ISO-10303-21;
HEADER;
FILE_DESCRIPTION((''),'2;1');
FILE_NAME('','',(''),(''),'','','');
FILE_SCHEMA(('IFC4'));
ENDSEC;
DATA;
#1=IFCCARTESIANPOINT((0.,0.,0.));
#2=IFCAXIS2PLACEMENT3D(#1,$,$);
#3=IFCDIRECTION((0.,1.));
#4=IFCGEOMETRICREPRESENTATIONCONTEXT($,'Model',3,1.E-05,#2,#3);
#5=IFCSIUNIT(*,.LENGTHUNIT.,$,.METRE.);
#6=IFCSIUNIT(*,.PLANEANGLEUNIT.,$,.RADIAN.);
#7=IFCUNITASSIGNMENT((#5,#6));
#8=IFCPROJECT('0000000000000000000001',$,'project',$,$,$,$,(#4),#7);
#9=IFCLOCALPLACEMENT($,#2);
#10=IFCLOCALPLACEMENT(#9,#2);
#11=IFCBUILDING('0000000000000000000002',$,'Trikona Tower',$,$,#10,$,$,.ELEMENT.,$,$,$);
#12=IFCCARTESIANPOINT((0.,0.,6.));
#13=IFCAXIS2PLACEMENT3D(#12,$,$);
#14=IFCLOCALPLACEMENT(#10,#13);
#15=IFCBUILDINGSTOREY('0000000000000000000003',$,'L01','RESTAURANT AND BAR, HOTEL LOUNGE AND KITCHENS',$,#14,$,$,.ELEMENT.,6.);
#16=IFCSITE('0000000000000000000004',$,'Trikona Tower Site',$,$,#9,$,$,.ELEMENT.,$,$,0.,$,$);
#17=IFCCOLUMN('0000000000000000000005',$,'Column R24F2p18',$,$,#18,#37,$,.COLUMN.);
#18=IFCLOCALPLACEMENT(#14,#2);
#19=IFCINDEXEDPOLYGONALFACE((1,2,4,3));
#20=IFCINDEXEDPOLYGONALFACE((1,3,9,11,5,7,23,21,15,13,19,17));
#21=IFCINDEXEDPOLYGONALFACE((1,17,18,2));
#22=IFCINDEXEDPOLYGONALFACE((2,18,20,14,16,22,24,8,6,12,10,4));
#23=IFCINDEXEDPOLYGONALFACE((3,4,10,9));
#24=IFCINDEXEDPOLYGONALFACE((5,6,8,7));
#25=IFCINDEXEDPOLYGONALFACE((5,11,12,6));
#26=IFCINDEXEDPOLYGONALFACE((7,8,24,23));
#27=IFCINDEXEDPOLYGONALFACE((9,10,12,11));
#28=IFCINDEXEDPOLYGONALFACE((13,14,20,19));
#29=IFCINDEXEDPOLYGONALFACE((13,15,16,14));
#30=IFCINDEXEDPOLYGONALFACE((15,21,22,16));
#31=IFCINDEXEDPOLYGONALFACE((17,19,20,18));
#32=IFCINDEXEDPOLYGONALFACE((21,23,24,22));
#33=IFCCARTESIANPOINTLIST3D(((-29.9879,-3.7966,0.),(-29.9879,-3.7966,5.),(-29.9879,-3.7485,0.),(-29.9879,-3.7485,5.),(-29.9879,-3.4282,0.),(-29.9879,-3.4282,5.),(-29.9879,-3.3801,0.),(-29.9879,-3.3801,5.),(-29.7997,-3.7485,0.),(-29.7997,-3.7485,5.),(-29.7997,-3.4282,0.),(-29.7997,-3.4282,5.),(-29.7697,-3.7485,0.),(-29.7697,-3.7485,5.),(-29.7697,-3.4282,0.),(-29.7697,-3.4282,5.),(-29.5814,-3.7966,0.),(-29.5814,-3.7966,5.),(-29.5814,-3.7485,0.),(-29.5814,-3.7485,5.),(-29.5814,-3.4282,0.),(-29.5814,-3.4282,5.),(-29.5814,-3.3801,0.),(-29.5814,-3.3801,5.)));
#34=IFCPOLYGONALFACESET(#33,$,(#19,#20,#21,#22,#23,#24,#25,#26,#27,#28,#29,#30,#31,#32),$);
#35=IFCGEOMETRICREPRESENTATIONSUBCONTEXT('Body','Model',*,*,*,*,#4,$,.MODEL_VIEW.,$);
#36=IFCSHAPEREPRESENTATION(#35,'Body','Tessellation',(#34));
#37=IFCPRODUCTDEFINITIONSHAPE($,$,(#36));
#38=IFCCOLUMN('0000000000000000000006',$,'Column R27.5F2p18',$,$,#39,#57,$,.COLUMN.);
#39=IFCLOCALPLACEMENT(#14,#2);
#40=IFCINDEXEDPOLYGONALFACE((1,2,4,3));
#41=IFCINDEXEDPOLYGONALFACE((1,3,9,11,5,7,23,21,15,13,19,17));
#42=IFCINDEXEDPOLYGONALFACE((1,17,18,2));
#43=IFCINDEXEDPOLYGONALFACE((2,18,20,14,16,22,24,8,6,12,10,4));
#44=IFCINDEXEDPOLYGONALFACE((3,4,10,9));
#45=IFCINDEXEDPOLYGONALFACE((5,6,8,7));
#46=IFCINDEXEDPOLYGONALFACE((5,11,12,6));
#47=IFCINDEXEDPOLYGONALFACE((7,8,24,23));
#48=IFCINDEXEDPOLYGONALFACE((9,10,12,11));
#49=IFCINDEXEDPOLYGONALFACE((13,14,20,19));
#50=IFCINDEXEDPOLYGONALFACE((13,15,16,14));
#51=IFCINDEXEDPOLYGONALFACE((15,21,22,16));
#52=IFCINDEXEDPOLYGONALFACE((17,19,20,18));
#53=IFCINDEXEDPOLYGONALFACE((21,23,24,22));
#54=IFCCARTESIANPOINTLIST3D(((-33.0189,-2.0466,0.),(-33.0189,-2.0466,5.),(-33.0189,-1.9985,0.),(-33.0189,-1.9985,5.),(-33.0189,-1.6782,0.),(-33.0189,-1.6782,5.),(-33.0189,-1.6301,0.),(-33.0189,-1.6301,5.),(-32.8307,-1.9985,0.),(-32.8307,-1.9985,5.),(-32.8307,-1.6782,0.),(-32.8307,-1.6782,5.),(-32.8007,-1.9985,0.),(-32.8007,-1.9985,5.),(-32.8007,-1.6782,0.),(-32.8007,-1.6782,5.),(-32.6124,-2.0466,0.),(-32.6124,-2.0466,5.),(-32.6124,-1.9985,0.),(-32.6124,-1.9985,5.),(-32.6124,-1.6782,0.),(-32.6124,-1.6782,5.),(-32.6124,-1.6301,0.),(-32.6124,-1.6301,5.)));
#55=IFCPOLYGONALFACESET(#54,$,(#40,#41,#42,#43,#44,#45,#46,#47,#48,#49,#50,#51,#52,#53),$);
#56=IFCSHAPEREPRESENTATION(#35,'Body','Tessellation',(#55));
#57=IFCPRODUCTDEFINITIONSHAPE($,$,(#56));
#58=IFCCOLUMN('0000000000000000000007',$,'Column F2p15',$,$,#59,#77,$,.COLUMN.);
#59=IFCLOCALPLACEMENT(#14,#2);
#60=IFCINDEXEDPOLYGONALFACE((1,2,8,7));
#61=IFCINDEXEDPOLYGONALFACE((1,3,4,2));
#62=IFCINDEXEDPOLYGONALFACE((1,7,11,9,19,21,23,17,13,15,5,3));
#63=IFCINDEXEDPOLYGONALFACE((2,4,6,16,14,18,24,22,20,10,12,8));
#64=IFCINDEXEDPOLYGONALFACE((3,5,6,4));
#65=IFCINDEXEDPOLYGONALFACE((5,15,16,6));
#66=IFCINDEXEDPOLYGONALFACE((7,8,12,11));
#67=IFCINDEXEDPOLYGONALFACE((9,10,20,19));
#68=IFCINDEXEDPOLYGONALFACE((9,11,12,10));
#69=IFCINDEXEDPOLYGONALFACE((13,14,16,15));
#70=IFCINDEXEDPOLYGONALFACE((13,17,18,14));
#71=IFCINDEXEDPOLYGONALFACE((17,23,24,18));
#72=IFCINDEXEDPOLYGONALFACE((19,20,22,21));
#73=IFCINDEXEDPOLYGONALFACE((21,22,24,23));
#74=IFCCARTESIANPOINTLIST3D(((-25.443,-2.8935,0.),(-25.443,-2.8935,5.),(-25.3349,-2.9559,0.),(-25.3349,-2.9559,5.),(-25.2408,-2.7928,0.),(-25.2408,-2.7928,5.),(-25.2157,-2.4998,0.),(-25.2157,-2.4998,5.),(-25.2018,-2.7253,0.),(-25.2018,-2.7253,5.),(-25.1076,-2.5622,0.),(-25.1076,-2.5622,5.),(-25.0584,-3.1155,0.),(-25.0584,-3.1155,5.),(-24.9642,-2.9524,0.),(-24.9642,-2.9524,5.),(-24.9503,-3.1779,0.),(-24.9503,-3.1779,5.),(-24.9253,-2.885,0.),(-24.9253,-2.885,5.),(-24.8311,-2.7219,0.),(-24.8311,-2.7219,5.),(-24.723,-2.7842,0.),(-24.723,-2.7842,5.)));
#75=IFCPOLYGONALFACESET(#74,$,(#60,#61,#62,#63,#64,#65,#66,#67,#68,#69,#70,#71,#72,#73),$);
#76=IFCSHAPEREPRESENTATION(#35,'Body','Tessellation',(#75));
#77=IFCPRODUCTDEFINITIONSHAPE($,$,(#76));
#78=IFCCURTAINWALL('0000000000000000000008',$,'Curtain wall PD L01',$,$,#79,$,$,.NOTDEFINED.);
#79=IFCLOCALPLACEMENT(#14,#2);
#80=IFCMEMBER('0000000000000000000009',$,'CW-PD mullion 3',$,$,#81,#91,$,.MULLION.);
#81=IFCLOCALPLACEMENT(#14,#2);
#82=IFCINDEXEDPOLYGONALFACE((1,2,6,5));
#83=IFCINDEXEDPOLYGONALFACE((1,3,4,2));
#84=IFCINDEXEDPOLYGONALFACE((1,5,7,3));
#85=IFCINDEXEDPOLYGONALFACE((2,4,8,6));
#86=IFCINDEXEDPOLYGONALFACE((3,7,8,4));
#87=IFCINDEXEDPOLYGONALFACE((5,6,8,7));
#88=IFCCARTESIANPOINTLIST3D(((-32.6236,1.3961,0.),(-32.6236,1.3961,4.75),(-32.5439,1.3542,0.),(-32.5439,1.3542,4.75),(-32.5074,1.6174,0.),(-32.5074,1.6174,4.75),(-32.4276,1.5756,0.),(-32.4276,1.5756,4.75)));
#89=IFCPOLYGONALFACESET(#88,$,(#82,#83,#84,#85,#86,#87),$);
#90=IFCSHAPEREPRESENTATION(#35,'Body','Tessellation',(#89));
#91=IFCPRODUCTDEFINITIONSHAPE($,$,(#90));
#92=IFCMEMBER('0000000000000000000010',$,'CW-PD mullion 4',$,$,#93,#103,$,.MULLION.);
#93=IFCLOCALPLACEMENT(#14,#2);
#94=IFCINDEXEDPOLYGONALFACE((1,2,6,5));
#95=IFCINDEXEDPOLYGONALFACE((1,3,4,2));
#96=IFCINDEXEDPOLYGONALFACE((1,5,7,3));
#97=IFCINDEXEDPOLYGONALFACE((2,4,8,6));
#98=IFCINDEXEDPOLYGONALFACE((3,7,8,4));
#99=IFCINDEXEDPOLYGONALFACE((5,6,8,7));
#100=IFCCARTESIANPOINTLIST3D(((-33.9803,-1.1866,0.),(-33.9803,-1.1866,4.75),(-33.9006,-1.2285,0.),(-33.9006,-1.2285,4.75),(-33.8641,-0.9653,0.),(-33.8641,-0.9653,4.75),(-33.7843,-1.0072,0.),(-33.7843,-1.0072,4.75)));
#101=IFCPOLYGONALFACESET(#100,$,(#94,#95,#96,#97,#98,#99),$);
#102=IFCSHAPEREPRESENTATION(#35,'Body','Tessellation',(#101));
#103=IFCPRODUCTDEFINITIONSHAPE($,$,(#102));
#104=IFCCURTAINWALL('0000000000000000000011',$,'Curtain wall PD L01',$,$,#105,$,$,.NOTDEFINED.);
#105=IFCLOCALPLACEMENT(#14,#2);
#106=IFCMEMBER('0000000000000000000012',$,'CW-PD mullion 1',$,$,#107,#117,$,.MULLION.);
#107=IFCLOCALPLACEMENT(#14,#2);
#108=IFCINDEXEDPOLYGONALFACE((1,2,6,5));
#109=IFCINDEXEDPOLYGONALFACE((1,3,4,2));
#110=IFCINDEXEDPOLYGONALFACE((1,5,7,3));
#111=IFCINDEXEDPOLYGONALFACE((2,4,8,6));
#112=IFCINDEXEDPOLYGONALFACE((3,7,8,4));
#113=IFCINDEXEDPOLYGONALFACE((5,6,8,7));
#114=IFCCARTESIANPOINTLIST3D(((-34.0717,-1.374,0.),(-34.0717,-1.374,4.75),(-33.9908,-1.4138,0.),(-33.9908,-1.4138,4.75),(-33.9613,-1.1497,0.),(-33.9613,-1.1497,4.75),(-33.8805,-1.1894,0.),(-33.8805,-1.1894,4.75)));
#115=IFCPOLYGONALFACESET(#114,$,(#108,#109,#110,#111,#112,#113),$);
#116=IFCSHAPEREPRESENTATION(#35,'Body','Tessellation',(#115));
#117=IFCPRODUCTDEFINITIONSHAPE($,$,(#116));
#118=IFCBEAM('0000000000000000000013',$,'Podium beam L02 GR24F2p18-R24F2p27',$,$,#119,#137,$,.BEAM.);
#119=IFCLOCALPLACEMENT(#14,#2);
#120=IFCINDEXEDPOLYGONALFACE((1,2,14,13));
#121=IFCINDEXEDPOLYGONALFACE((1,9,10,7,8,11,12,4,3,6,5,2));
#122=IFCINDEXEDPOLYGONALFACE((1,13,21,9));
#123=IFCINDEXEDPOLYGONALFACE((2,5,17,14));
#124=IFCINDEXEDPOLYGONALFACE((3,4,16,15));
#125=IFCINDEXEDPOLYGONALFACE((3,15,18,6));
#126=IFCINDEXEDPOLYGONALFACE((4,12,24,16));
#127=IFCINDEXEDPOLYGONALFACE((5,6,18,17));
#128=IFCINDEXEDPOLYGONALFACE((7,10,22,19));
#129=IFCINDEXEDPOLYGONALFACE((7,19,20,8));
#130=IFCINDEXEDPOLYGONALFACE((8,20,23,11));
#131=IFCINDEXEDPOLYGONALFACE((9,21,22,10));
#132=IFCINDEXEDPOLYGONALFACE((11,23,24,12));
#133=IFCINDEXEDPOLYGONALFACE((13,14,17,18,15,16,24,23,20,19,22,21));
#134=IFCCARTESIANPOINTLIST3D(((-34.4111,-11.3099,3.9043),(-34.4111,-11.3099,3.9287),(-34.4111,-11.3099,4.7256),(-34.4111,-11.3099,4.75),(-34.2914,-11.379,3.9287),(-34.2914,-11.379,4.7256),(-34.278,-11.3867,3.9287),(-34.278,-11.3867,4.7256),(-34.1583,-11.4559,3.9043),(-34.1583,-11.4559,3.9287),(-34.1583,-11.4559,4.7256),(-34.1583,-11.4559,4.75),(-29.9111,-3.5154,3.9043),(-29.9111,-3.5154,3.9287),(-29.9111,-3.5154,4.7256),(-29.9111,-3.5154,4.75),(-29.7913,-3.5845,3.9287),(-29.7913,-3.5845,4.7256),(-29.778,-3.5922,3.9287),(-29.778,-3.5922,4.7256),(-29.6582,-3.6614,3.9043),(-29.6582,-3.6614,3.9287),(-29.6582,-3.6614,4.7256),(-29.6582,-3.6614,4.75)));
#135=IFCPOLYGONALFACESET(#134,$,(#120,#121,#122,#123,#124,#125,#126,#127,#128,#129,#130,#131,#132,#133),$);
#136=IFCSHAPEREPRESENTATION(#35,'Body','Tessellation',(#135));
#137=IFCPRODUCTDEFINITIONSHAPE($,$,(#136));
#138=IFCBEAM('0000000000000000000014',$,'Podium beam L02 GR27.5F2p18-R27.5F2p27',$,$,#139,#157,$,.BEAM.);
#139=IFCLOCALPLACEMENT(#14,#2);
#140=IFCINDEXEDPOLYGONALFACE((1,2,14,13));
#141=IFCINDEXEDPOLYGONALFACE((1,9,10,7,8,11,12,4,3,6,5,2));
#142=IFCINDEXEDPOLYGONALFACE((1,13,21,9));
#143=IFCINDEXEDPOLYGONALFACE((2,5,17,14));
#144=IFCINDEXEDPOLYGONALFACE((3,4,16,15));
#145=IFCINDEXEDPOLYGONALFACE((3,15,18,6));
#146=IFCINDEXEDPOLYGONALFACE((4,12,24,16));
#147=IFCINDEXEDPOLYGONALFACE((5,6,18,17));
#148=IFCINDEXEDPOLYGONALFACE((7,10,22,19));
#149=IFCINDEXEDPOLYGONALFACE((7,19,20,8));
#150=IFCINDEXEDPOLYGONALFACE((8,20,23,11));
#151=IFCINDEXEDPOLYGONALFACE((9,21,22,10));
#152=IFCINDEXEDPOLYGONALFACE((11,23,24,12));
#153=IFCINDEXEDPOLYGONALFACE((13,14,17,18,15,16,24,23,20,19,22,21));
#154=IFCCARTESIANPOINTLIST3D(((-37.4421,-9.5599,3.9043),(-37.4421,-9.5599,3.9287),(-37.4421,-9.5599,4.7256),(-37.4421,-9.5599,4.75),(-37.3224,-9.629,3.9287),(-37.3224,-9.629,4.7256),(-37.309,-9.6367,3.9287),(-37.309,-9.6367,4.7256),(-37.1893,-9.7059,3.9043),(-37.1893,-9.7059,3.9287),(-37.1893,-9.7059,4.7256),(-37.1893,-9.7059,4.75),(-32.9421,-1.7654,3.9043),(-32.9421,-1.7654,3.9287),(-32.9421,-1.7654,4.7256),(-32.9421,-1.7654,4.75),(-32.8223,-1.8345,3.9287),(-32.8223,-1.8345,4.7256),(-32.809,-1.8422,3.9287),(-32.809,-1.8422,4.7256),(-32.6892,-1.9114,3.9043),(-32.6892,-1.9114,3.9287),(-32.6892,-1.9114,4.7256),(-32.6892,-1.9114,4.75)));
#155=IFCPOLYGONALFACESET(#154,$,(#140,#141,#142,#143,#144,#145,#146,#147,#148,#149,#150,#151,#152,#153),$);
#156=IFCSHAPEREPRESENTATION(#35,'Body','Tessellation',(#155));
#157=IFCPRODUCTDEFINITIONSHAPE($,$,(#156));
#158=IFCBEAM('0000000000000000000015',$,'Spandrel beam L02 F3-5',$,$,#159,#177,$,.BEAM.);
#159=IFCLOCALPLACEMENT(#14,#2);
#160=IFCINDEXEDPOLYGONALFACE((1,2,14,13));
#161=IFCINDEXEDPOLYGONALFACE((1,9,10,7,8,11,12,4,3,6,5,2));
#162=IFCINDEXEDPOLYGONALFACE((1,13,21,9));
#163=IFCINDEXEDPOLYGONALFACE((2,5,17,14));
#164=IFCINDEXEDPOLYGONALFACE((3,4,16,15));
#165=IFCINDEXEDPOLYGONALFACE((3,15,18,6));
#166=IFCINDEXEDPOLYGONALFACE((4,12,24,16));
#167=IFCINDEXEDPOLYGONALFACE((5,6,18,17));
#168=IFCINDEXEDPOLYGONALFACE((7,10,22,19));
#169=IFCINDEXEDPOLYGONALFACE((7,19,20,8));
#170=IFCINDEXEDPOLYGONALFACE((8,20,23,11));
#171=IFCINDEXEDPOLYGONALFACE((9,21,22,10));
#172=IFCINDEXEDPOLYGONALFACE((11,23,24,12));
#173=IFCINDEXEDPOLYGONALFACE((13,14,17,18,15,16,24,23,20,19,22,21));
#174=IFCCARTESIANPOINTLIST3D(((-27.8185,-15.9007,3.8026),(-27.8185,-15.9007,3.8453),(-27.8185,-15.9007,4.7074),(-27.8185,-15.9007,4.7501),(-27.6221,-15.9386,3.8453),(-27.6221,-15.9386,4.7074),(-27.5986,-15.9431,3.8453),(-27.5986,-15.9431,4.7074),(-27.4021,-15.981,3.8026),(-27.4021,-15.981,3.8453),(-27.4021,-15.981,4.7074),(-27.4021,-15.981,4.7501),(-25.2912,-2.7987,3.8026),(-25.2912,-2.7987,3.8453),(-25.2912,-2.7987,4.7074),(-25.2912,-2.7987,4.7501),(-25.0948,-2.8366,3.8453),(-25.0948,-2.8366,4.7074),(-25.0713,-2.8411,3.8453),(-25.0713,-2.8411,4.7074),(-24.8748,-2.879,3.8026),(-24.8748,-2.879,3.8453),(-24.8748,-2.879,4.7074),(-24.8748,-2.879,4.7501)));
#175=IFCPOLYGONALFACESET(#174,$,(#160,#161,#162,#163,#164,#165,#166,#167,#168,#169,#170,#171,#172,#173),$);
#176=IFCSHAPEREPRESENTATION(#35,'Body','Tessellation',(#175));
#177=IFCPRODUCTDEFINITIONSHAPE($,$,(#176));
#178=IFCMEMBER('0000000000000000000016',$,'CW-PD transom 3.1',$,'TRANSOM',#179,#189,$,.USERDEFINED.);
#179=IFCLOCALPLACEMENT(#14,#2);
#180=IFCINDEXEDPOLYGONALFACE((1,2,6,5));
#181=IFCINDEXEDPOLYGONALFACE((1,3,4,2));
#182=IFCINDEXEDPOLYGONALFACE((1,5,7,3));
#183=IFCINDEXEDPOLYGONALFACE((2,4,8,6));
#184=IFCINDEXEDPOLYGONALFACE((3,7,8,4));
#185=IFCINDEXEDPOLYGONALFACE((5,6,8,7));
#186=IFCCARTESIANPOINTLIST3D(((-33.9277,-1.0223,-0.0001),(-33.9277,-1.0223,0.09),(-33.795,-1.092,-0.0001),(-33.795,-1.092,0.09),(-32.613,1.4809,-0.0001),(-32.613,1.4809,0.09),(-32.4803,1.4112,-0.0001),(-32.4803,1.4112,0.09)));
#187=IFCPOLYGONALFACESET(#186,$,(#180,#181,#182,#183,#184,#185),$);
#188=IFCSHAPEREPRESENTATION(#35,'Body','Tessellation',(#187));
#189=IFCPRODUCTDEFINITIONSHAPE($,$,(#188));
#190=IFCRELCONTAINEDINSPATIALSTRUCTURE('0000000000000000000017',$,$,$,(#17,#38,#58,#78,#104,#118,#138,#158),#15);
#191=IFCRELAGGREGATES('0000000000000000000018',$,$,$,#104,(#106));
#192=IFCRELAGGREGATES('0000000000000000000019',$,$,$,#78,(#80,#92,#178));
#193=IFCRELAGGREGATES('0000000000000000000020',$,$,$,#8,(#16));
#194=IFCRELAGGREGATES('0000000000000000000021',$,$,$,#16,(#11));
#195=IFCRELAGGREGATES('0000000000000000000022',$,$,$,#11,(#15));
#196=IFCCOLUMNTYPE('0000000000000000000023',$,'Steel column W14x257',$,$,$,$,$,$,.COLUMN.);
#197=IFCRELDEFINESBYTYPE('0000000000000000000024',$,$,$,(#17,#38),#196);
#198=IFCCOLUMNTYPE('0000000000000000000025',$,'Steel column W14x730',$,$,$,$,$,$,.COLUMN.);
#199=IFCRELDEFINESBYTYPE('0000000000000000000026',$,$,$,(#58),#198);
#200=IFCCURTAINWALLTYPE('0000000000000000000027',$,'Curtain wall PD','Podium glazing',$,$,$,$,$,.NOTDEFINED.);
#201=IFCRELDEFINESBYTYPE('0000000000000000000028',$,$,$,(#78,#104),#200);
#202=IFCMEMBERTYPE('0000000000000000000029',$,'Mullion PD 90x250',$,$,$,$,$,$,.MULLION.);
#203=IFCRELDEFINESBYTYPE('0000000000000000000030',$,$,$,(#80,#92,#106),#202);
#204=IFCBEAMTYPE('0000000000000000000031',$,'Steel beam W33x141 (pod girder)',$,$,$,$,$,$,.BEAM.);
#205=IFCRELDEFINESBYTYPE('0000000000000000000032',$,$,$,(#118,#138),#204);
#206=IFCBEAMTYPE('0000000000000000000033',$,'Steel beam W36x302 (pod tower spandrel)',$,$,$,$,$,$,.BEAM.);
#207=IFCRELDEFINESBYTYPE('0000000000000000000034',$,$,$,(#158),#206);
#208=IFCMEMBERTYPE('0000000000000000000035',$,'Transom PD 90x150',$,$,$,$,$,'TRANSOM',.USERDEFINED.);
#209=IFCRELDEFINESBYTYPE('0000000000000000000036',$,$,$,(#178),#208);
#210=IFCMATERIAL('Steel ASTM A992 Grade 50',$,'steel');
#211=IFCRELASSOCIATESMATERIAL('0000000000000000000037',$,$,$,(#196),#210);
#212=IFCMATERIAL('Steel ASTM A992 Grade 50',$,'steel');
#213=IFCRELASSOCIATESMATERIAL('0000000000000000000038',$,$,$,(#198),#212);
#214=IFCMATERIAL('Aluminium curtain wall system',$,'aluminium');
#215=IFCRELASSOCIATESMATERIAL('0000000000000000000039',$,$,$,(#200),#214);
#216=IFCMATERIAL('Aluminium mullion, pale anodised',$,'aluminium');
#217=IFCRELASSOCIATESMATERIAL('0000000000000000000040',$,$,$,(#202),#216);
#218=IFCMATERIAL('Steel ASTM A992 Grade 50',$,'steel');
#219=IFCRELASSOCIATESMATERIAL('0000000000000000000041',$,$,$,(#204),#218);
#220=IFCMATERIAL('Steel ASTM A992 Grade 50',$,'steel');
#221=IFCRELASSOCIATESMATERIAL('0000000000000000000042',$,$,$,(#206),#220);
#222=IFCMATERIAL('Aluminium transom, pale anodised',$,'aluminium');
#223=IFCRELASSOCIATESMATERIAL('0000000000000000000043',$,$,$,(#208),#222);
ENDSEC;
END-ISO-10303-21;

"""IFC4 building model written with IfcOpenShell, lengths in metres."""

from ifc_helpers import new_model, si_unit, direction, frame, origin, origin_2d, place, context, subcontext, project, spatial, rectangle, i_section, extrude, material, material_profile, profile_set, type_object, element, aggregate, save


model = new_model("IFC4")

# Units and contexts
model_context = context("Model", 3, precision=1e-05, world=origin(), true_north=direction((0.0, 1.0)))
body_context = subcontext(model_context, "Body", "Model", "MODEL_VIEW")
ifc_project = project(units=[si_unit("LENGTHUNIT", "METRE"), si_unit("PLANEANGLEUNIT", "RADIAN")], contexts=[model_context])

# Site, building, storey
site_placement = place(None, origin())
site = spatial("IfcSite", under=ifc_project, at=site_placement, Name="Trikona Tower Site", CompositionType="ELEMENT", RefElevation=0.0)
building_placement = place(site_placement, origin())
building = spatial("IfcBuilding", under=site, at=building_placement, Name="Trikona Tower", CompositionType="ELEMENT")
storey_placement = place(building_placement, frame((0.0, 0.0, 6.0)))
storey = spatial("IfcBuildingStorey", under=building, at=storey_placement, Name="L01", Description="RESTAURANT AND BAR, HOTEL LOUNGE AND KITCHENS", CompositionType="ELEMENT", Elevation=6.0)

# Columns
ifc_material_1 = material(Name="Steel ASTM A992 Grade 50", Category="steel")
ifc_material_profile_1 = material_profile(ifc_material_1, i_section(OverallWidth=0.4065, OverallDepth=0.4165, WebThickness=0.03, FlangeThickness=0.0481, at=origin_2d()), Name="W14X257")
ifc_profile_set_1 = profile_set([ifc_material_profile_1], Name="Steel ASTM A992 Grade 50")
column_type_1 = type_object("IfcColumnType", Name="Steel column W14x257", PredefinedType="COLUMN", material=ifc_profile_set_1)
for number, where, z_axis, x_axis, name in (
    (1, (-29.7847, -3.5884, 0.0), (0.0, 0.0, 1.0), (1.0, 0.0, 0.0), "Column R24F2p18"),
    (2, (-32.8157, -1.8384, 0.0), (0.0, 0.0, 1.0), (1.0, 0.0, 0.0), "Column R27.5F2p18"),
):
    element("IfcColumn", number, at=place(storey_placement, frame(where, z_axis=z_axis, x_axis=x_axis)), inside=storey, type_object=column_type_1, Name=name, PredefinedType="COLUMN", context=body_context, shape_type="SweptSolid", body=[
        extrude(i_section(OverallWidth=0.4065, OverallDepth=0.4165, WebThickness=0.03, FlangeThickness=0.0481, at=origin_2d()), origin(), (0.0, 0.0, 1.0), 5.0),
    ])
ifc_material_2 = material(Name="Steel ASTM A992 Grade 50", Category="steel")
ifc_material_profile_2 = material_profile(ifc_material_2, i_section(OverallWidth=0.4546, OverallDepth=0.5688, WebThickness=0.0779, FlangeThickness=0.1248, at=origin_2d()), Name="W14X730")
ifc_profile_set_2 = profile_set([ifc_material_profile_2], Name="Steel ASTM A992 Grade 50")
column_type_2 = type_object("IfcColumnType", Name="Steel column W14x730", PredefinedType="COLUMN", material=ifc_profile_set_2)
column_placement = place(storey_placement, frame((-25.083, -2.8389, 0.0), z_axis=(0.0, 0.0, 1.0), x_axis=(-0.5, -0.866025, 0.0)))
element("IfcColumn", 3, at=column_placement, inside=storey, type_object=column_type_2, Name="Column F2p15", PredefinedType="COLUMN", context=body_context, shape_type="SweptSolid", body=[
    extrude(i_section(OverallWidth=0.4546, OverallDepth=0.5688, WebThickness=0.0779, FlangeThickness=0.1248, at=origin_2d()), origin(), (0.0, 0.0, 1.0), 5.0),
])

# Curtain wall, members
ifc_material_3 = material(Name="Aluminium curtain wall system", Category="aluminium")
curtain_wall_type = type_object("IfcCurtainWallType", Name="Curtain wall PD", Description="Podium glazing", PredefinedType="NOTDEFINED", material=ifc_material_3)
curtain_wall_1_placement = place(storey_placement, origin())
curtain_wall_1 = element("IfcCurtainWall", 4, at=curtain_wall_1_placement, inside=storey, type_object=curtain_wall_type, Name="Curtain wall PD L01", PredefinedType="NOTDEFINED")
ifc_material_4 = material(Name="Aluminium mullion, pale anodised", Category="aluminium")
ifc_material_profile_3 = material_profile(ifc_material_4, rectangle(XDim=0.0901, YDim=0.25, at=origin_2d()), Name="MUL-PD")
ifc_profile_set_3 = profile_set([ifc_material_profile_3], Name="Aluminium mullion, pale anodised")
member_type_1 = type_object("IfcMemberType", Name="Mullion PD 90x250", PredefinedType="MULLION", material=ifc_profile_set_3)
member_1_placement = place(storey_placement, frame((-32.5256, 1.4858, 0.0), z_axis=(0.0, 0.0, 1.0), x_axis=(0.885322, -0.464979, 0.0)))
member_1 = element("IfcMember", 5, at=member_1_placement, type_object=member_type_1, Name="CW-PD mullion 3", PredefinedType="MULLION", context=body_context, shape_type="SweptSolid", body=[
    extrude(rectangle(XDim=0.0901, YDim=0.25, at=origin_2d()), origin(), (0.0, 0.0, 1.0), 4.75),
])
member_2_placement = place(storey_placement, frame((-33.8823, -1.0969, 0.0), z_axis=(0.0, 0.0, 1.0), x_axis=(0.885322, -0.464979, 0.0)))
member_2 = element("IfcMember", 6, at=member_2_placement, type_object=member_type_1, Name="CW-PD mullion 4", PredefinedType="MULLION", context=body_context, shape_type="SweptSolid", body=[
    extrude(rectangle(XDim=0.0901, YDim=0.25, at=origin_2d()), origin(), (0.0, 0.0, 1.0), 4.75),
])

# Curtain wall, member
curtain_wall_2_placement = place(storey_placement, origin())
curtain_wall_2 = element("IfcCurtainWall", 7, at=curtain_wall_2_placement, inside=storey, type_object=curtain_wall_type, Name="Curtain wall PD L01", PredefinedType="NOTDEFINED")
member_3_placement = place(storey_placement, frame((-33.9761, -1.2817, 0.0), z_axis=(0.0, 0.0, 1.0), x_axis=(0.897363, -0.441294, 0.0)))
member_3 = element("IfcMember", 8, at=member_3_placement, type_object=member_type_1, Name="CW-PD mullion 1", PredefinedType="MULLION", context=body_context, shape_type="SweptSolid", body=[
    extrude(rectangle(XDim=0.0901, YDim=0.25, at=origin_2d()), origin(), (0.0, 0.0, 1.0), 4.75),
])

# Beams
ifc_material_5 = material(Name="Steel ASTM A992 Grade 50", Category="steel")
ifc_material_profile_4 = material_profile(ifc_material_5, i_section(OverallWidth=0.292, OverallDepth=0.8457, WebThickness=0.0154, FlangeThickness=0.0244, at=origin_2d()), Name="W33X141")
ifc_profile_set_4 = profile_set([ifc_material_profile_4], Name="Steel ASTM A992 Grade 50")
beam_type_1 = type_object("IfcBeamType", Name="Steel beam W33x141 (pod girder)", PredefinedType="BEAM", material=ifc_profile_set_4)
for number, where, z_axis, x_axis, name in (
    (9, (-29.7847, -3.5884, 4.3271), (-0.49999, -0.866031, 0.0), (0.866031, -0.49999, 0.0), "Podium beam L02 GR24F2p18-R24F2p27"),
    (10, (-32.8157, -1.8384, 4.3271), (-0.49999, -0.866031, 0.0), (0.866031, -0.49999, 0.0), "Podium beam L02 GR27.5F2p18-R27.5F2p27"),
):
    element("IfcBeam", number, at=place(storey_placement, frame(where, z_axis=z_axis, x_axis=x_axis)), inside=storey, type_object=beam_type_1, Name=name, PredefinedType="BEAM", context=body_context, shape_type="SweptSolid", body=[
        extrude(i_section(OverallWidth=0.292, OverallDepth=0.8457, WebThickness=0.0154, FlangeThickness=0.0244, at=origin_2d()), origin(), (0.0, 0.0, 1.0), 9.0002),
    ])
ifc_material_6 = material(Name="Steel ASTM A992 Grade 50", Category="steel")
ifc_material_profile_5 = material_profile(ifc_material_6, i_section(OverallWidth=0.4241, OverallDepth=0.9475, WebThickness=0.0239, FlangeThickness=0.0427, at=origin_2d()), Name="W36X302")
ifc_profile_set_5 = profile_set([ifc_material_profile_5], Name="Steel ASTM A992 Grade 50")
beam_type_2 = type_object("IfcBeamType", Name="Steel beam W36x302 (pod tower spandrel)", PredefinedType="BEAM", material=ifc_profile_set_5)
beam_placement = place(storey_placement, frame((-25.083, -2.8389, 4.2764), z_axis=(-0.189405, -0.981899, 0.0), x_axis=(0.981899, -0.189405, 0.0)))
element("IfcBeam", 11, at=beam_placement, inside=storey, type_object=beam_type_2, Name="Spandrel beam L02 F3-5", PredefinedType="BEAM", context=body_context, shape_type="SweptSolid", body=[
    extrude(i_section(OverallWidth=0.4241, OverallDepth=0.9475, WebThickness=0.0239, FlangeThickness=0.0427, at=origin_2d()), origin(), (0.0, 0.0, 1.0), 13.3435),
])

# Member
ifc_material_7 = material(Name="Aluminium transom, pale anodised", Category="aluminium")
ifc_material_profile_6 = material_profile(ifc_material_7, rectangle(XDim=0.1499, YDim=0.0901, at=origin_2d()), Name="TRN-PD")
ifc_profile_set_6 = profile_set([ifc_material_profile_6], Name="Aluminium transom, pale anodised")
member_type_2 = type_object("IfcMemberType", Name="Transom PD 90x150", ElementType="TRANSOM", PredefinedType="USERDEFINED", material=ifc_profile_set_6)
member_4_placement = place(storey_placement, frame((-32.5466, 1.446, 0.0449), z_axis=(-0.464981, -0.885321, 0.0), x_axis=(0.885321, -0.464981, 0.0)))
member_4 = element("IfcMember", 12, at=member_4_placement, type_object=member_type_2, Name="CW-PD transom 3.1", ObjectType="TRANSOM", PredefinedType="USERDEFINED", context=body_context, shape_type="SweptSolid", body=[
    extrude(rectangle(XDim=0.1499, YDim=0.0901, at=origin_2d()), origin(), (0.0, 0.0, 1.0), 2.8274),
])
aggregate(curtain_wall_2, [member_3])

aggregate(curtain_wall_1, [member_1, member_2, member_4])

save(model, "model.ifc")
